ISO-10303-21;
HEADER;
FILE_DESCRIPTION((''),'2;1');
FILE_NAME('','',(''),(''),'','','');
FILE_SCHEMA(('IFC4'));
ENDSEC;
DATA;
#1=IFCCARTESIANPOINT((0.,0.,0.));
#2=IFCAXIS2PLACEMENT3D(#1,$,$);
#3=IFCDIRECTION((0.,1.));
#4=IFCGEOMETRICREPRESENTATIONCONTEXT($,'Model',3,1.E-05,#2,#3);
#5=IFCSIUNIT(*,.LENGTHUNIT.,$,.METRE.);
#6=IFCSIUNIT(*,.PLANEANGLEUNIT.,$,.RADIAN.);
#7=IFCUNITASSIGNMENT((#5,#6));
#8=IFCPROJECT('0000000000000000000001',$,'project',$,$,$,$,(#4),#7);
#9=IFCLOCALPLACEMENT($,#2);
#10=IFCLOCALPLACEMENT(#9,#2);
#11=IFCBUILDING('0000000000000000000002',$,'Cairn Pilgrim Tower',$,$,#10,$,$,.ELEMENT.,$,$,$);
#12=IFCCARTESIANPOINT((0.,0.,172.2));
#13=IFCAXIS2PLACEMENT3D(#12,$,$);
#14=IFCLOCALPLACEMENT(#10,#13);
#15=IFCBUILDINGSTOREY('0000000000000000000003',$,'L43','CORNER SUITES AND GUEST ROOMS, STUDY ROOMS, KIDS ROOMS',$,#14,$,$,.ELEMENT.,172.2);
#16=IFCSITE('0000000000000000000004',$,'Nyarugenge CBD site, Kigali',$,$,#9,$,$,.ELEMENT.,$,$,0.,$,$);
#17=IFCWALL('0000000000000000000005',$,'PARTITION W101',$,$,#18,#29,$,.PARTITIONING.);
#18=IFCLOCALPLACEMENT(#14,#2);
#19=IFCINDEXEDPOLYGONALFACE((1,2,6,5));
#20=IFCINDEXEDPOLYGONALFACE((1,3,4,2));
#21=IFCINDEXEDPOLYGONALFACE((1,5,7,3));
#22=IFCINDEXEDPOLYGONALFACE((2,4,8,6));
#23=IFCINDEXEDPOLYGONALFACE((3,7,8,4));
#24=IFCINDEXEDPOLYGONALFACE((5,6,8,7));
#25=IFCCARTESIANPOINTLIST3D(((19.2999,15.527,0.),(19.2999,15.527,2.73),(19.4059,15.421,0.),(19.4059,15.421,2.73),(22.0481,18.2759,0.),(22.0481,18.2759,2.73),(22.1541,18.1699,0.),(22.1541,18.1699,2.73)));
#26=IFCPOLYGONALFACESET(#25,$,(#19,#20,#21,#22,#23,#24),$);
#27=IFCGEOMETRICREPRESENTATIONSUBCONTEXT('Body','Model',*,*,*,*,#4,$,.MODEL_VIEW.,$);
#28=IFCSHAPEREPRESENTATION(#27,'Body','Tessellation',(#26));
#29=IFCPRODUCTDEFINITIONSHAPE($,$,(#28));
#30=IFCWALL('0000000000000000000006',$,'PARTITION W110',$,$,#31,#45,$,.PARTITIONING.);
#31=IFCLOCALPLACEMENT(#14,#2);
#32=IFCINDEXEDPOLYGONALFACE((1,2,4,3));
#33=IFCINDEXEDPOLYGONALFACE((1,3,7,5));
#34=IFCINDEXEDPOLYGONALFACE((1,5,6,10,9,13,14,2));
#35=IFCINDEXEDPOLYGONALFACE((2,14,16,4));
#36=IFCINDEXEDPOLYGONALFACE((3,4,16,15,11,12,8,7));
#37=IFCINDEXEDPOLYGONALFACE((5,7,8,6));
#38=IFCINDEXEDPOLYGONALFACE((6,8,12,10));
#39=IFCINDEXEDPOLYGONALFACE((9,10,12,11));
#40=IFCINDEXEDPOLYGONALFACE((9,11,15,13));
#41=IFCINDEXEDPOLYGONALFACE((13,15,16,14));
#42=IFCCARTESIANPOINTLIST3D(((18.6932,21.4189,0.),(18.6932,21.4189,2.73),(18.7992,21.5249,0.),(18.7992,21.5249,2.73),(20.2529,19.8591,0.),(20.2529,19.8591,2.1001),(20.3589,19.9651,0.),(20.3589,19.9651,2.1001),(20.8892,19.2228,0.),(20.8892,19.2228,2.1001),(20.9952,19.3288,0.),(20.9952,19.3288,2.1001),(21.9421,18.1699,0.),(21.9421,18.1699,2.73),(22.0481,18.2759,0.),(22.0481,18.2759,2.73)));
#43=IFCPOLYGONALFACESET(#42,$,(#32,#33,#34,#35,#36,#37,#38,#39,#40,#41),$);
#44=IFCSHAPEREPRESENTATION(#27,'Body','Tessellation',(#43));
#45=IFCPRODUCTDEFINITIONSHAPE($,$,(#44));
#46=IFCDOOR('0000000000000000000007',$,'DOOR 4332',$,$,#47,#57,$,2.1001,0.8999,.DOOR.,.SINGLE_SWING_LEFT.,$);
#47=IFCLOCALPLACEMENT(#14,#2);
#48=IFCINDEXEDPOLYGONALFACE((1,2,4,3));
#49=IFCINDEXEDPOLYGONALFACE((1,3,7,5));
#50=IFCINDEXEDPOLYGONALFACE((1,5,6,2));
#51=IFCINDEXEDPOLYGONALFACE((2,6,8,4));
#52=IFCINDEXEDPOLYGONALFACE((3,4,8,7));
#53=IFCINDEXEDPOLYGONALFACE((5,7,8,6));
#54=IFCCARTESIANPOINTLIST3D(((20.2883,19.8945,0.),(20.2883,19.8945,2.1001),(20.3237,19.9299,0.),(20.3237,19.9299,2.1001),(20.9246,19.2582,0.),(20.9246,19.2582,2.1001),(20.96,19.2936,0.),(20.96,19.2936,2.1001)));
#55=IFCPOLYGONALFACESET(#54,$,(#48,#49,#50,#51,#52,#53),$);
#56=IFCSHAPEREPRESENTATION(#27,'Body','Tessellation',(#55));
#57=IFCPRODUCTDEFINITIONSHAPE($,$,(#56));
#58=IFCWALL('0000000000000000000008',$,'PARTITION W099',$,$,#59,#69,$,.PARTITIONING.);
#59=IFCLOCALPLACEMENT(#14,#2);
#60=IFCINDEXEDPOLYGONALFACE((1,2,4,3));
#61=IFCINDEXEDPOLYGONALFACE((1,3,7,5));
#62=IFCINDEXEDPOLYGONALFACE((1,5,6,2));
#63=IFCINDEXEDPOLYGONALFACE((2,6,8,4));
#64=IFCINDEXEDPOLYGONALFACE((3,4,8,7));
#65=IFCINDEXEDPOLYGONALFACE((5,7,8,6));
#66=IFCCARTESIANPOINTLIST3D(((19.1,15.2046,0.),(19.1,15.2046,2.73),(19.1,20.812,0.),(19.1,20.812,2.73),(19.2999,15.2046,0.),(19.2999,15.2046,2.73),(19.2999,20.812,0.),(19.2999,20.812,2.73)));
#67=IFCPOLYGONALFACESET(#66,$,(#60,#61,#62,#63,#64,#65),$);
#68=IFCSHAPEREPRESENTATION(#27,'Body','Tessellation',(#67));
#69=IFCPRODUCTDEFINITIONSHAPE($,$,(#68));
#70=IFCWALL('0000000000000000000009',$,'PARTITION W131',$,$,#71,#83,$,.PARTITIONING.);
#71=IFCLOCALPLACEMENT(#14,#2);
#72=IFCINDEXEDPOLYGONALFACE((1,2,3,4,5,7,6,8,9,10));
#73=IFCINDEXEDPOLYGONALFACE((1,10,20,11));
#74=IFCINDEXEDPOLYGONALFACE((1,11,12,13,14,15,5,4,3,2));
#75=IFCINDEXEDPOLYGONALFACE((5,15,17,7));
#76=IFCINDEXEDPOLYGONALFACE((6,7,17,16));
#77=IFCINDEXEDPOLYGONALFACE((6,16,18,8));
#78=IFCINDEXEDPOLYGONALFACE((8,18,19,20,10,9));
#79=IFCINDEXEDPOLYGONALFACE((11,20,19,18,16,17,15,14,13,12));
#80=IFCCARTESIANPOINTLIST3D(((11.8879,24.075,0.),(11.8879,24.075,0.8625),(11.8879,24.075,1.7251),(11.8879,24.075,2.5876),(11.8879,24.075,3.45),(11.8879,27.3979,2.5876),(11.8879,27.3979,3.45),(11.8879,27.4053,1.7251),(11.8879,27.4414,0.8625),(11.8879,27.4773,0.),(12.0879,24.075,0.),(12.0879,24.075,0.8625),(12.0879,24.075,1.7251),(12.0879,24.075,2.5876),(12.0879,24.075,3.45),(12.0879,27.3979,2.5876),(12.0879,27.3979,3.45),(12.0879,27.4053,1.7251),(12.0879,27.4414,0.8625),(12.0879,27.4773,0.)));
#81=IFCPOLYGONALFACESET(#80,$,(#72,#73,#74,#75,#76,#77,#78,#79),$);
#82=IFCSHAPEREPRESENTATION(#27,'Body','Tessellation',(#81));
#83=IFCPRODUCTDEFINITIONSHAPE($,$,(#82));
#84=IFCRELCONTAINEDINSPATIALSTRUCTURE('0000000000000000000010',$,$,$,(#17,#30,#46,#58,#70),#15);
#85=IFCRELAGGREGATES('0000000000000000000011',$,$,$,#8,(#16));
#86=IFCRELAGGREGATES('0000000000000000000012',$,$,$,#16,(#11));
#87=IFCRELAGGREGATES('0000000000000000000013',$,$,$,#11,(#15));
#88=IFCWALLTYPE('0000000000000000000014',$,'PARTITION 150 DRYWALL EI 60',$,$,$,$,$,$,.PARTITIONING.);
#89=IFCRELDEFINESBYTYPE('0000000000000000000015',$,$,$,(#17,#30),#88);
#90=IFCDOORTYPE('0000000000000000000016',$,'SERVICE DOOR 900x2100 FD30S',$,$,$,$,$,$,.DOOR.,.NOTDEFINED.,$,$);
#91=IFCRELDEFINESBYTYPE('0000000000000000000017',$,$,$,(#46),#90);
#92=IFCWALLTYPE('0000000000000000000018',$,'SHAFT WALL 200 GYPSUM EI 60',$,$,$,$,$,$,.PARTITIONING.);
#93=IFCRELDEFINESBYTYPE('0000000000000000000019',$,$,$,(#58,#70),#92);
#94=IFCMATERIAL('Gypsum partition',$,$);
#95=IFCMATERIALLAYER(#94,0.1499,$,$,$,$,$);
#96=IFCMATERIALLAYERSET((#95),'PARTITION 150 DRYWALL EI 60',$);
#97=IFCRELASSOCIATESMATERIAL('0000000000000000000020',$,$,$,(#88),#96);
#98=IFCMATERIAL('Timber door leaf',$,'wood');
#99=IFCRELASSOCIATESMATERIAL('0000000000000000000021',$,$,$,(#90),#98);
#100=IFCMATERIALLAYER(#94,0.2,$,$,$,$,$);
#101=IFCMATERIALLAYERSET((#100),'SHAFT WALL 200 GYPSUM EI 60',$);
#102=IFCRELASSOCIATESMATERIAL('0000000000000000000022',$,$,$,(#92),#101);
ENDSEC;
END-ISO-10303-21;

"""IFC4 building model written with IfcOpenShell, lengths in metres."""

from ifc_helpers import new_model, si_unit, direction, frame, frame_2d, origin, place, context, subcontext, project, spatial, polyline, rectangle, outline, extrude, material, layer, layer_set, type_object, element, fill, save


model = new_model("IFC4")

# Units and contexts
model_context = context("Model", 3, precision=1e-05, world=origin(), true_north=direction((0.0, 1.0)))
body_context = subcontext(model_context, "Body", "Model", "MODEL_VIEW")
ifc_project = project(units=[si_unit("LENGTHUNIT", "METRE"), si_unit("PLANEANGLEUNIT", "RADIAN")], contexts=[model_context])

# Site, building, storey
site_placement = place(None, origin())
site = spatial("IfcSite", under=ifc_project, at=site_placement, Name="Nyarugenge CBD site, Kigali", CompositionType="ELEMENT", RefElevation=0.0)
building_placement = place(site_placement, origin())
building = spatial("IfcBuilding", under=site, at=building_placement, Name="Cairn Pilgrim Tower", CompositionType="ELEMENT")
storey_placement = place(building_placement, frame((0.0, 0.0, 172.2)))
storey = spatial("IfcBuildingStorey", under=building, at=storey_placement, Name="L43", Description="CORNER SUITES AND GUEST ROOMS, STUDY ROOMS, KIDS ROOMS", CompositionType="ELEMENT", Elevation=172.2)

# Wall
ifc_material_1 = material(Name="Gypsum partition")
ifc_layer_1 = layer(ifc_material_1, 0.1499)
ifc_layer_set_1 = layer_set([ifc_layer_1], Name="PARTITION 150 DRYWALL EI 60")
wall_type_1 = type_object("IfcWallType", Name="PARTITION 150 DRYWALL EI 60", PredefinedType="PARTITIONING", material=ifc_layer_set_1)
wall_1_placement = place(storey_placement, frame((19.353, 15.4741, 0.0), z_axis=(0.0, 0.0, 1.0), x_axis=(0.707013, 0.707201, 0.0)))
element("IfcWall", 1, at=wall_1_placement, inside=storey, type_object=wall_type_1, Name="PARTITION W101", PredefinedType="PARTITIONING", context=body_context, shape_type="SweptSolid", body=[
    extrude(rectangle(XDim=3.887, YDim=0.1499, at=frame_2d((1.9434, 0.0))), origin(), (0.0, 0.0, 1.0), 2.73),
])

# Wall, opening, door
wall_2_placement = place(storey_placement, frame((21.9951, 18.2229, 0.0), z_axis=(0.0, 0.0, 1.0), x_axis=(-0.707107, 0.707107, 0.0)))
wall_2 = element("IfcWall", 2, at=wall_2_placement, inside=storey, type_object=wall_type_1, Name="PARTITION W110", PredefinedType="PARTITIONING", context=body_context, shape_type="SweptSolid", body=[
    extrude(rectangle(XDim=4.5947, YDim=0.1499, at=frame_2d((2.2974, 0.0))), origin(), (0.0, 0.0, 1.0), 2.73),
])
opening_placement = place(wall_2_placement, frame((1.489, 0.0, 0.0)))
opening = element("IfcOpeningElement", 3, at=opening_placement, cuts=wall_2, PredefinedType="OPENING", context=body_context, shape_type="SweptSolid", body=[
    extrude(rectangle(XDim=0.8999, YDim=2.1001, at=frame_2d((0.45, 1.05))), frame((0.0, 0.085, 0.0), z_axis=(0.0, -1.0, 0.0), x_axis=(1.0, 0.0, 0.0)), (0.0, 0.0, 1.0), 0.1699),
])
ifc_material_2 = material(Name="Timber door leaf", Category="wood")
door_type = type_object("IfcDoorType", Name="SERVICE DOOR 900x2100 FD30S", OperationType="NOTDEFINED", PredefinedType="DOOR", material=ifc_material_2)
door_placement = place(opening_placement, origin())
door = element("IfcDoor", 4, at=door_placement, inside=storey, type_object=door_type, Name="DOOR 4332", OperationType="SINGLE_SWING_LEFT", OverallHeight=2.1001, OverallWidth=0.8999, PredefinedType="DOOR", context=body_context, shape_type="SweptSolid", body=[
    extrude(rectangle(XDim=0.8999, YDim=2.1001, at=frame_2d((0.45, 1.05))), frame((0.0, 0.0249, 0.0), z_axis=(0.0, -1.0, 0.0), x_axis=(1.0, 0.0, 0.0)), (0.0, 0.0, 1.0), 0.05),
])
fill(opening, door)

# Walls
ifc_layer_2 = layer(ifc_material_1, 0.2)
ifc_layer_set_2 = layer_set([ifc_layer_2], Name="SHAFT WALL 200 GYPSUM EI 60")
wall_type_2 = type_object("IfcWallType", Name="SHAFT WALL 200 GYPSUM EI 60", PredefinedType="PARTITIONING", material=ifc_layer_set_2)
wall_3_placement = place(storey_placement, frame((19.2, 15.2046, 0.0), z_axis=(0.0, 0.0, 1.0), x_axis=(0.0, 1.0, 0.0)))
element("IfcWall", 5, at=wall_3_placement, inside=storey, type_object=wall_type_2, Name="PARTITION W099", PredefinedType="PARTITIONING", context=body_context, shape_type="SweptSolid", body=[
    extrude(rectangle(XDim=5.6074, YDim=0.2, at=frame_2d((2.8037, 0.0))), origin(), (0.0, 0.0, 1.0), 2.73),
])
wall_4_placement = place(storey_placement, frame((11.988, 24.075, 0.0), z_axis=(0.0, 0.0, 1.0), x_axis=(0.0, 1.0, 0.0)))
element("IfcWall", 6, at=wall_4_placement, inside=storey, type_object=wall_type_2, Name="PARTITION W131", PredefinedType="PARTITIONING", context=body_context, shape_type="SweptSolid", body=[
    extrude(outline(polyline([(0.0, 0.0), (3.4023, 0.0), (3.3665, 0.8625), (3.3303, 1.7251), (3.323, 2.5876), (3.323, 3.45), (0.0, 3.45), (0.0, 2.5876), (0.0, 1.7251), (0.0, 0.8625), (0.0, 0.0)])), frame((0.0, 0.1001, 0.0), z_axis=(0.0, -1.0, 0.0), x_axis=(1.0, 0.0, 0.0)), (0.0, 0.0, 1.0), 0.2),
])

save(model, "model.ifc")
